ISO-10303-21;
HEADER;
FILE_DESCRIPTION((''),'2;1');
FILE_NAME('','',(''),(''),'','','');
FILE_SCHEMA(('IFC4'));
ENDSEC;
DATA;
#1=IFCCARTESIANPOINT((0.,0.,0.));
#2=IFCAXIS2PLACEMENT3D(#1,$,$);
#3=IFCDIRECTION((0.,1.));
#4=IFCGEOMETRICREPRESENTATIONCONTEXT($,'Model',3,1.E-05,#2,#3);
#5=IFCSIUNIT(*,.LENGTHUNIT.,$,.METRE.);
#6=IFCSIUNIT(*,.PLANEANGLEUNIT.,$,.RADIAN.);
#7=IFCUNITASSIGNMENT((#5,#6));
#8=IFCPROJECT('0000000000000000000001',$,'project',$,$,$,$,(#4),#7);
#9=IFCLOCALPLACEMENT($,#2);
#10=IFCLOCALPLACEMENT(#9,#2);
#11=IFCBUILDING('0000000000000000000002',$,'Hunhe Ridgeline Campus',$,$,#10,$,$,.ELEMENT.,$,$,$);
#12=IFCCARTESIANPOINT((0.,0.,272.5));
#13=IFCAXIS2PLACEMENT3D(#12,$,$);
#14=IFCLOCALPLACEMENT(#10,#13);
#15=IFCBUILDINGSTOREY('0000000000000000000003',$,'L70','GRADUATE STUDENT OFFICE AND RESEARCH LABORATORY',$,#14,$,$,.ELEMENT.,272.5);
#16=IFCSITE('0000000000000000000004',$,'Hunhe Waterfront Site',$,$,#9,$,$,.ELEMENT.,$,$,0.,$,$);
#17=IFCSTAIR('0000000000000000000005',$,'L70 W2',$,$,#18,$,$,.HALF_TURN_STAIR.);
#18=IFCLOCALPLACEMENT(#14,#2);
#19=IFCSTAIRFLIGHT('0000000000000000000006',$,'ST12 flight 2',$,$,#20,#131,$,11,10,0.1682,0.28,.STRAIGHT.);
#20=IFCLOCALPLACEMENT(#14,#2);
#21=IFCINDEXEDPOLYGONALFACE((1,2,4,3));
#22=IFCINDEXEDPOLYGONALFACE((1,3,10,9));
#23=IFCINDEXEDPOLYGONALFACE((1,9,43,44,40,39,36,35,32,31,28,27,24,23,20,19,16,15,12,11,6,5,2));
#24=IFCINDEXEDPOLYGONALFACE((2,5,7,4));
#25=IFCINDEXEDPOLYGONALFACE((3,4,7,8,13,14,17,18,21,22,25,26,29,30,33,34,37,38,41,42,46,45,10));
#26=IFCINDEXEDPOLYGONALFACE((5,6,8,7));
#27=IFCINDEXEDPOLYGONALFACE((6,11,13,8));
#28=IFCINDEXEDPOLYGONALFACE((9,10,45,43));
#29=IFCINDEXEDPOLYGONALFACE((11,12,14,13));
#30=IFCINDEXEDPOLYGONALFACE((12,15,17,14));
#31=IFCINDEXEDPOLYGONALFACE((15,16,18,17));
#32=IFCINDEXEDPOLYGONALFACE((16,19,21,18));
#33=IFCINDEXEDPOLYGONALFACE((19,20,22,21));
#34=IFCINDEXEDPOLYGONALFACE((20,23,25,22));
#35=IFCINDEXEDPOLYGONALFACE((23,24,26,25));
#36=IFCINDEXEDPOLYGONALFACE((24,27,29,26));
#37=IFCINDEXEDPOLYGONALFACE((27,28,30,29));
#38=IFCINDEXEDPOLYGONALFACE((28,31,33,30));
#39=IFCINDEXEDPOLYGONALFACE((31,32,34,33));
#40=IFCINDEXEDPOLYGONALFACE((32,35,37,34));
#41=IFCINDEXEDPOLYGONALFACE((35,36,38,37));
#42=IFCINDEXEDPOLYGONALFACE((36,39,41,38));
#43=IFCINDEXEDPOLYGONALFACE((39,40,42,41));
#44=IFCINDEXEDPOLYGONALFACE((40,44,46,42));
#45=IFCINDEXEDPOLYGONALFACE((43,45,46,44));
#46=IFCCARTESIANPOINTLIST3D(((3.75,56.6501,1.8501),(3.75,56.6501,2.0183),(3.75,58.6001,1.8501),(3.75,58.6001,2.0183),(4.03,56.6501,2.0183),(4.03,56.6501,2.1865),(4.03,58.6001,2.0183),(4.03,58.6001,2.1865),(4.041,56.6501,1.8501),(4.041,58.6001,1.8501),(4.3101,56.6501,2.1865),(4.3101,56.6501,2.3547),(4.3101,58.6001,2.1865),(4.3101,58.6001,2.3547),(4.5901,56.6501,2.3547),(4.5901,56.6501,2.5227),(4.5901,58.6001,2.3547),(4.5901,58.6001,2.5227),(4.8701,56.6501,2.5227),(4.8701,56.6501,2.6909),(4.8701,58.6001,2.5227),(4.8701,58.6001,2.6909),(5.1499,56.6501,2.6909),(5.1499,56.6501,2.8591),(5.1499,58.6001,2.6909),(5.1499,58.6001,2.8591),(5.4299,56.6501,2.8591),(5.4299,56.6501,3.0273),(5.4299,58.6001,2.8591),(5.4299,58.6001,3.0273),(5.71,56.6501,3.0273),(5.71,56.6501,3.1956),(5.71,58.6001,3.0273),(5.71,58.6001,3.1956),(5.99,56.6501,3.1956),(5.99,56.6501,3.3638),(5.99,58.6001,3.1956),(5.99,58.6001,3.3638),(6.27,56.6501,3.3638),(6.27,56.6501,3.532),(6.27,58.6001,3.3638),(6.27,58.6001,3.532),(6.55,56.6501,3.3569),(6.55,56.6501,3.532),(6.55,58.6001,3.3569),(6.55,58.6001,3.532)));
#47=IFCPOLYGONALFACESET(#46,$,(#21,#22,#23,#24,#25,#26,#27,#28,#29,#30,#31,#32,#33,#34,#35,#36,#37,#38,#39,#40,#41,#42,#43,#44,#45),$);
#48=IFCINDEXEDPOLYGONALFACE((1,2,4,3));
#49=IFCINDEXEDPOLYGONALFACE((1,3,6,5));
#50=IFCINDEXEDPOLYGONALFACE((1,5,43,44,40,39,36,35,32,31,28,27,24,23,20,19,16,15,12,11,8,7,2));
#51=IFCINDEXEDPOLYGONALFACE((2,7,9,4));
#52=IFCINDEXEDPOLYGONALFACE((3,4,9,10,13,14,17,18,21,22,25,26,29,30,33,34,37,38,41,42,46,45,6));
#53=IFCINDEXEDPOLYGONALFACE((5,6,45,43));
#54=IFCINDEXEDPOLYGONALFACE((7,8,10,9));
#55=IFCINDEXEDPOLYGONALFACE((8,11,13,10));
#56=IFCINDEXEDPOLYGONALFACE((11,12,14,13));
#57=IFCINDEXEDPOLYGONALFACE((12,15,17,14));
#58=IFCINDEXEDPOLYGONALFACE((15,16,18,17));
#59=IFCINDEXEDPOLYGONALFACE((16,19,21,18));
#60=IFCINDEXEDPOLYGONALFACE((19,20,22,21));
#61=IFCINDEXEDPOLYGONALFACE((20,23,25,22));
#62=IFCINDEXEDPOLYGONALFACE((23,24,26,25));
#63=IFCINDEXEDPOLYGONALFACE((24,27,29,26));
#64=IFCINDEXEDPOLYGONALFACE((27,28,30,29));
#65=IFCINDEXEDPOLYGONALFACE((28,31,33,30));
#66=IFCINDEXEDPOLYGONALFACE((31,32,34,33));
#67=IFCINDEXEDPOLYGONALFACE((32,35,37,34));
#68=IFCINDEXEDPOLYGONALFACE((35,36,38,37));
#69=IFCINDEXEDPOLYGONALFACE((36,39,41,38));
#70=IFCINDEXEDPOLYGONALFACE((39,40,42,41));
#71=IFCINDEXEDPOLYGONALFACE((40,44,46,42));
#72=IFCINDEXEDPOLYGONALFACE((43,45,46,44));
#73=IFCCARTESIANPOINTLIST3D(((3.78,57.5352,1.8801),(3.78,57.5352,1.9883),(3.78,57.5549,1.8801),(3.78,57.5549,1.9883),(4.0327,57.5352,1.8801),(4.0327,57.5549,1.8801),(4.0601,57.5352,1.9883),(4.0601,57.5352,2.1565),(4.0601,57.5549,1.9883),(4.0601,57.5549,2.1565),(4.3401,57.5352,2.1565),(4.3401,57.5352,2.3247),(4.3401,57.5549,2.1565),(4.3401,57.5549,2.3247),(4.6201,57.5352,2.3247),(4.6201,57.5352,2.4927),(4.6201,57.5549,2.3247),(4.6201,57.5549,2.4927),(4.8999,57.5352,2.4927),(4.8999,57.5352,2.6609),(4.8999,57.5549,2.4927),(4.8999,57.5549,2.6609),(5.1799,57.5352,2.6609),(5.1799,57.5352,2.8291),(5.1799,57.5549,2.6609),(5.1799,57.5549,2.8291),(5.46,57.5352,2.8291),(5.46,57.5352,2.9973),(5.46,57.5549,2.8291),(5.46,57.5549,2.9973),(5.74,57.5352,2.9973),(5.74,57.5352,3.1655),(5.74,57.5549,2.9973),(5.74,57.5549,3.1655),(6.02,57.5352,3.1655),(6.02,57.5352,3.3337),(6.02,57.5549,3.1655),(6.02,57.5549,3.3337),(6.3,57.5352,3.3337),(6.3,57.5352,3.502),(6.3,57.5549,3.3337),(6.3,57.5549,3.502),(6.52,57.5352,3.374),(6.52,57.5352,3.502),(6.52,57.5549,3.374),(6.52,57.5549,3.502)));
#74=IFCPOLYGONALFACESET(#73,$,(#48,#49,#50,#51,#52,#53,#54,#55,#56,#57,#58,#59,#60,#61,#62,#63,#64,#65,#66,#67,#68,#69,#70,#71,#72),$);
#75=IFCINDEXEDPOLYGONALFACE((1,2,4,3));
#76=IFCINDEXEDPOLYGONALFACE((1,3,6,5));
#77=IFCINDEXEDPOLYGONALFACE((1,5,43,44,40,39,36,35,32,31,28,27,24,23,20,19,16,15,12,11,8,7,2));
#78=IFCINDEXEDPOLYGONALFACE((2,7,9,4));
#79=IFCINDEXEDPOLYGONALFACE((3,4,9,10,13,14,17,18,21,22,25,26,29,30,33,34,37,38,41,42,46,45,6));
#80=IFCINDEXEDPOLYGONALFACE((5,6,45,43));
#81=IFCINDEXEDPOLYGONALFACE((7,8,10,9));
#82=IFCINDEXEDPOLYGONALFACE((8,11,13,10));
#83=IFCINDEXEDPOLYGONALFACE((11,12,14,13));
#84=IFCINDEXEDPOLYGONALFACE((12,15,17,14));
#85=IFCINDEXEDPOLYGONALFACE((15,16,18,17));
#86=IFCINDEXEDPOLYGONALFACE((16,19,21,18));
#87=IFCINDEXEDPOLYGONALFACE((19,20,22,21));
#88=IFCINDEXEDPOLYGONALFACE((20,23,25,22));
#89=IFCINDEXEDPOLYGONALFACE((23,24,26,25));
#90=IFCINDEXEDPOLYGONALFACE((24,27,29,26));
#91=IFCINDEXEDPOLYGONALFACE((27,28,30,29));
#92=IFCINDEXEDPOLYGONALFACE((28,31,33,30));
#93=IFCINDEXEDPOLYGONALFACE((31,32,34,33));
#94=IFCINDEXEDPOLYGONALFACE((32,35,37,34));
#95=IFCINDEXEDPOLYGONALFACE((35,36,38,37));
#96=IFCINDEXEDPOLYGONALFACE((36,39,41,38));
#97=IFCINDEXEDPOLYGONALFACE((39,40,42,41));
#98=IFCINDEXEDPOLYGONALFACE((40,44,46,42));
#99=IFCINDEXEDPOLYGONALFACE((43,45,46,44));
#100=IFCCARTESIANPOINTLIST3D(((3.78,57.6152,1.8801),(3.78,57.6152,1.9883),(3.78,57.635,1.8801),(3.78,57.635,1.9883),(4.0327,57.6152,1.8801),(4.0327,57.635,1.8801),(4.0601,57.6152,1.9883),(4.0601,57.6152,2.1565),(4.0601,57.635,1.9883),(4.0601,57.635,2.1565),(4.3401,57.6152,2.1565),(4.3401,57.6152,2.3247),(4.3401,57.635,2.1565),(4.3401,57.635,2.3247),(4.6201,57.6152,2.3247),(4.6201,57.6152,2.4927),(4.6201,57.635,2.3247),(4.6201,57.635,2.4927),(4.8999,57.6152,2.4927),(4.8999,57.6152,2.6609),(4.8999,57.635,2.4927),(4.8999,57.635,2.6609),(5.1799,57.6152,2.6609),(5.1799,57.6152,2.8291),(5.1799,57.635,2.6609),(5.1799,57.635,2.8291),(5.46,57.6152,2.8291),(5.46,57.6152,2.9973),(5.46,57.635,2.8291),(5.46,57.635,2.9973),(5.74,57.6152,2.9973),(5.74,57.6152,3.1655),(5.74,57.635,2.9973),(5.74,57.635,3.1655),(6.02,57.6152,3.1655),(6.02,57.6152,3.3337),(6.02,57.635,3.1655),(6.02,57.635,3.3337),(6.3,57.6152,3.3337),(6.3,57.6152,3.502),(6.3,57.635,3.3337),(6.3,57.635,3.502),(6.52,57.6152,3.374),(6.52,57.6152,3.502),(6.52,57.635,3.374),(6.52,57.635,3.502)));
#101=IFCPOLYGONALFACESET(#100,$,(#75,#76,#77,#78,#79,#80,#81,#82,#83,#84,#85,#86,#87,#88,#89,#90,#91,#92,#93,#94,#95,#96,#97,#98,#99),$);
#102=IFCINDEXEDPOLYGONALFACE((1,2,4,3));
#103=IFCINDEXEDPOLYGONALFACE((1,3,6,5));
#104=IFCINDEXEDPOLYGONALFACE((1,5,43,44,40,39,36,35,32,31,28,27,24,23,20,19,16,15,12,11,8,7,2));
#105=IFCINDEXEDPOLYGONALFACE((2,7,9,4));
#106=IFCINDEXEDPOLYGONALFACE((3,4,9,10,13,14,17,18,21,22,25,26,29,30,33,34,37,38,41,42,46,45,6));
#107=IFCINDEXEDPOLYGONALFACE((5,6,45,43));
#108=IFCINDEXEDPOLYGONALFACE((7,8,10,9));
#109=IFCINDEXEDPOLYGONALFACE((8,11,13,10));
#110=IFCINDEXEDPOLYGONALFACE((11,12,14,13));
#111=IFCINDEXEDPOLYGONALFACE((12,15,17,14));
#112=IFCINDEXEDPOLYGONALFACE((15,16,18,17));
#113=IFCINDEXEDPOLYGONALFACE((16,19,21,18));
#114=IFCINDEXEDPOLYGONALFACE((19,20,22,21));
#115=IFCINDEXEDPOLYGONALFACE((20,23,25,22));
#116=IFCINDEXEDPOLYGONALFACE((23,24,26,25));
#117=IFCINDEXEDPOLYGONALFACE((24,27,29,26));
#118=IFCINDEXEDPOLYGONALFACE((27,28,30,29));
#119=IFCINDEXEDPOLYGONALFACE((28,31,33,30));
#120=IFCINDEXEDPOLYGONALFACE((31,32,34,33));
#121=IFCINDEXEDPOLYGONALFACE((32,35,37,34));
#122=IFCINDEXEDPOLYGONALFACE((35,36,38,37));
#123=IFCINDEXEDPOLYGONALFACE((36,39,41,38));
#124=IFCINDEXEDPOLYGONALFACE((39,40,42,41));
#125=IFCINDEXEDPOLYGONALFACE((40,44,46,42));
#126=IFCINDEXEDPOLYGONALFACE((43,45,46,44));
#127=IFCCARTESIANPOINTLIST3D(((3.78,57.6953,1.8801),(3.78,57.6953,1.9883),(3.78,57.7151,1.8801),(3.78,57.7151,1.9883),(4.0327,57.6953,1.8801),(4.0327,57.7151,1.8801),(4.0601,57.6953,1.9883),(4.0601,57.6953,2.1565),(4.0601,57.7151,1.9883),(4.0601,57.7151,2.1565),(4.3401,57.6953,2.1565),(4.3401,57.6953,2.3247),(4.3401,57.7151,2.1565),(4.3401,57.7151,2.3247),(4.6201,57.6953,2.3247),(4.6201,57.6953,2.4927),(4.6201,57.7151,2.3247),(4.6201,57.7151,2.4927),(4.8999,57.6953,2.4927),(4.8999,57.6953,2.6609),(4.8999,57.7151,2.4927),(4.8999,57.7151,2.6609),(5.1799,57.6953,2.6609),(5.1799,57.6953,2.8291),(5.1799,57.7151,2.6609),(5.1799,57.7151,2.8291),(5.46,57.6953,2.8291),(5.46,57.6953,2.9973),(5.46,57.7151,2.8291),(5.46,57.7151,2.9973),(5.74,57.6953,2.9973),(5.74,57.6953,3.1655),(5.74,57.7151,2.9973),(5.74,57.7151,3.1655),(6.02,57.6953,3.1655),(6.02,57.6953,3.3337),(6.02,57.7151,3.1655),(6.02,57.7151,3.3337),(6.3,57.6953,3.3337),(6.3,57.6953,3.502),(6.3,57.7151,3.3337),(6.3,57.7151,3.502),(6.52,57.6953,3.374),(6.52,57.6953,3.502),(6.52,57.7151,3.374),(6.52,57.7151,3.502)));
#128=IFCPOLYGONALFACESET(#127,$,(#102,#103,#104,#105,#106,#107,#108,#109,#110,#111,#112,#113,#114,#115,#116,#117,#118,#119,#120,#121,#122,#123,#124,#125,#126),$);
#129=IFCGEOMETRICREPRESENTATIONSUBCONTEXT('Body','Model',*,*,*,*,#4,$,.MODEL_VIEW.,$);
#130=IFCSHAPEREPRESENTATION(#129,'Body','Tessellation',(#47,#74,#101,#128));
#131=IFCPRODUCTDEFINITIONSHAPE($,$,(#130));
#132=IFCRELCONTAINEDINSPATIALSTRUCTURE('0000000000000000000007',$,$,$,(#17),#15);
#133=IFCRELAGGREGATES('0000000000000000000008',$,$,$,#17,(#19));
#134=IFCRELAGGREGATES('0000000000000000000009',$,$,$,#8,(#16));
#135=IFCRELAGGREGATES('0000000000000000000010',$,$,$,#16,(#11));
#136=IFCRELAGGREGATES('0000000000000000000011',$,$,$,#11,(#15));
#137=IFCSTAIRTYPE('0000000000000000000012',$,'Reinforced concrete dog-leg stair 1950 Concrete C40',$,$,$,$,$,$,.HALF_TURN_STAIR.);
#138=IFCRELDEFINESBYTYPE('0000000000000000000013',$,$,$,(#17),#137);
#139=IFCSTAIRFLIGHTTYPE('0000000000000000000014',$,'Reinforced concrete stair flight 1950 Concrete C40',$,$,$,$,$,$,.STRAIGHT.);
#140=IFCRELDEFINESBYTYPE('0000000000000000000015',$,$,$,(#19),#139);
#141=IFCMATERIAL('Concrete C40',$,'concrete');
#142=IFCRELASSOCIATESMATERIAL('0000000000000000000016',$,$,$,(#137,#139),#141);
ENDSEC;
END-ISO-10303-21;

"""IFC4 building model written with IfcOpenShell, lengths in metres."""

from ifc_helpers import new_model, si_unit, direction, frame, origin, place, context, subcontext, project, spatial, polyline, outline, extrude, material, type_object, element, aggregate, save


model = new_model("IFC4")

# Units and contexts
model_context = context("Model", 3, precision=1e-05, world=origin(), true_north=direction((0.0, 1.0)))
body_context = subcontext(model_context, "Body", "Model", "MODEL_VIEW")
ifc_project = project(units=[si_unit("LENGTHUNIT", "METRE"), si_unit("PLANEANGLEUNIT", "RADIAN")], contexts=[model_context])

# Site, building, storey
site_placement = place(None, origin())
site = spatial("IfcSite", under=ifc_project, at=site_placement, Name="Hunhe Waterfront Site", CompositionType="ELEMENT", RefElevation=0.0)
building_placement = place(site_placement, origin())
building = spatial("IfcBuilding", under=site, at=building_placement, Name="Hunhe Ridgeline Campus", CompositionType="ELEMENT")
storey_placement = place(building_placement, frame((0.0, 0.0, 272.5)))
storey = spatial("IfcBuildingStorey", under=building, at=storey_placement, Name="L70", Description="GRADUATE STUDENT OFFICE AND RESEARCH LABORATORY", CompositionType="ELEMENT", Elevation=272.5)

# Stair, stair flight
ifc_material_1 = material(Name="Concrete C40", Category="concrete")
stair_type = type_object("IfcStairType", Name="Reinforced concrete dog-leg stair 1950 Concrete C40", PredefinedType="HALF_TURN_STAIR", material=ifc_material_1)
stair_flight_type = type_object("IfcStairFlightType", Name="Reinforced concrete stair flight 1950 Concrete C40", PredefinedType="STRAIGHT", material=ifc_material_1)
stair_1_placement = place(storey_placement, origin())
stair_1 = element("IfcStair", 1, at=stair_1_placement, inside=storey, type_object=stair_type, Name="L70 W2", PredefinedType="HALF_TURN_STAIR")
stair_flight_1_placement = place(storey_placement, frame((3.75, 57.625, 1.8501), z_axis=(0.0, 0.0, 1.0), x_axis=(1.0, 0.0, 0.0)))
stair_flight_1 = element("IfcStairFlight", 2, at=stair_flight_1_placement, type_object=stair_flight_type, Name="ST12 flight 2", NumberOfRisers=11, NumberOfTreads=10, PredefinedType="STRAIGHT", RiserHeight=0.1682, TreadLength=0.28, context=body_context, shape_type="SweptSolid", body=[
    extrude(outline(polyline([(0.0, 0.0), (0.0, 0.1682), (0.28, 0.1682), (0.28, 0.3364), (0.5601, 0.3364), (0.5601, 0.5046), (0.8401, 0.5046), (0.8401, 0.6726), (1.1201, 0.6726), (1.1201, 0.8408), (1.3999, 0.8408), (1.3999, 1.009), (1.6799, 1.009), (1.6799, 1.1772), (1.96, 1.1772), (1.96, 1.3455), (2.24, 1.3455), (2.24, 1.5137), (2.52, 1.5137), (2.52, 1.6819), (2.8, 1.6819), (2.8, 1.8501), (2.8, 1.5068), (0.291, 0.0), (0.0, 0.0)])), frame((0.0, 0.9751, 0.0), z_axis=(0.0, -1.0, 0.0), x_axis=(1.0, 0.0, 0.0)), (0.0, 0.0, 1.0), 1.95),
    extrude(outline(polyline([(0.03, 0.03), (0.03, 0.1382), (0.3101, 0.1382), (0.3101, 0.3064), (0.5901, 0.3064), (0.5901, 0.4746), (0.8701, 0.4746), (0.8701, 0.6426), (1.1499, 0.6426), (1.1499, 0.8108), (1.4299, 0.8108), (1.4299, 0.979), (1.71, 0.979), (1.71, 1.1472), (1.99, 1.1472), (1.99, 1.3154), (2.27, 1.3154), (2.27, 1.4836), (2.55, 1.4836), (2.55, 1.6519), (2.77, 1.6519), (2.77, 1.5239), (0.2827, 0.03), (0.03, 0.03)])), frame((0.0, -0.0701, 0.0), z_axis=(0.0, -1.0, 0.0), x_axis=(1.0, 0.0, 0.0)), (0.0, 0.0, 1.0), 0.0198),
    extrude(outline(polyline([(0.03, 0.03), (0.03, 0.1382), (0.3101, 0.1382), (0.3101, 0.3064), (0.5901, 0.3064), (0.5901, 0.4746), (0.8701, 0.4746), (0.8701, 0.6426), (1.1499, 0.6426), (1.1499, 0.8108), (1.4299, 0.8108), (1.4299, 0.979), (1.71, 0.979), (1.71, 1.1472), (1.99, 1.1472), (1.99, 1.3154), (2.27, 1.3154), (2.27, 1.4836), (2.55, 1.4836), (2.55, 1.6519), (2.77, 1.6519), (2.77, 1.5239), (0.2827, 0.03), (0.03, 0.03)])), frame((0.0, 0.01, 0.0), z_axis=(0.0, -1.0, 0.0), x_axis=(1.0, 0.0, 0.0)), (0.0, 0.0, 1.0), 0.0198),
    extrude(outline(polyline([(0.03, 0.03), (0.03, 0.1382), (0.3101, 0.1382), (0.3101, 0.3064), (0.5901, 0.3064), (0.5901, 0.4746), (0.8701, 0.4746), (0.8701, 0.6426), (1.1499, 0.6426), (1.1499, 0.8108), (1.4299, 0.8108), (1.4299, 0.979), (1.71, 0.979), (1.71, 1.1472), (1.99, 1.1472), (1.99, 1.3154), (2.27, 1.3154), (2.27, 1.4836), (2.55, 1.4836), (2.55, 1.6519), (2.77, 1.6519), (2.77, 1.5239), (0.2827, 0.03), (0.03, 0.03)])), frame((0.0, 0.0901, 0.0), z_axis=(0.0, -1.0, 0.0), x_axis=(1.0, 0.0, 0.0)), (0.0, 0.0, 1.0), 0.0198),
])
aggregate(stair_1, [stair_flight_1])

save(model, "model.ifc")
